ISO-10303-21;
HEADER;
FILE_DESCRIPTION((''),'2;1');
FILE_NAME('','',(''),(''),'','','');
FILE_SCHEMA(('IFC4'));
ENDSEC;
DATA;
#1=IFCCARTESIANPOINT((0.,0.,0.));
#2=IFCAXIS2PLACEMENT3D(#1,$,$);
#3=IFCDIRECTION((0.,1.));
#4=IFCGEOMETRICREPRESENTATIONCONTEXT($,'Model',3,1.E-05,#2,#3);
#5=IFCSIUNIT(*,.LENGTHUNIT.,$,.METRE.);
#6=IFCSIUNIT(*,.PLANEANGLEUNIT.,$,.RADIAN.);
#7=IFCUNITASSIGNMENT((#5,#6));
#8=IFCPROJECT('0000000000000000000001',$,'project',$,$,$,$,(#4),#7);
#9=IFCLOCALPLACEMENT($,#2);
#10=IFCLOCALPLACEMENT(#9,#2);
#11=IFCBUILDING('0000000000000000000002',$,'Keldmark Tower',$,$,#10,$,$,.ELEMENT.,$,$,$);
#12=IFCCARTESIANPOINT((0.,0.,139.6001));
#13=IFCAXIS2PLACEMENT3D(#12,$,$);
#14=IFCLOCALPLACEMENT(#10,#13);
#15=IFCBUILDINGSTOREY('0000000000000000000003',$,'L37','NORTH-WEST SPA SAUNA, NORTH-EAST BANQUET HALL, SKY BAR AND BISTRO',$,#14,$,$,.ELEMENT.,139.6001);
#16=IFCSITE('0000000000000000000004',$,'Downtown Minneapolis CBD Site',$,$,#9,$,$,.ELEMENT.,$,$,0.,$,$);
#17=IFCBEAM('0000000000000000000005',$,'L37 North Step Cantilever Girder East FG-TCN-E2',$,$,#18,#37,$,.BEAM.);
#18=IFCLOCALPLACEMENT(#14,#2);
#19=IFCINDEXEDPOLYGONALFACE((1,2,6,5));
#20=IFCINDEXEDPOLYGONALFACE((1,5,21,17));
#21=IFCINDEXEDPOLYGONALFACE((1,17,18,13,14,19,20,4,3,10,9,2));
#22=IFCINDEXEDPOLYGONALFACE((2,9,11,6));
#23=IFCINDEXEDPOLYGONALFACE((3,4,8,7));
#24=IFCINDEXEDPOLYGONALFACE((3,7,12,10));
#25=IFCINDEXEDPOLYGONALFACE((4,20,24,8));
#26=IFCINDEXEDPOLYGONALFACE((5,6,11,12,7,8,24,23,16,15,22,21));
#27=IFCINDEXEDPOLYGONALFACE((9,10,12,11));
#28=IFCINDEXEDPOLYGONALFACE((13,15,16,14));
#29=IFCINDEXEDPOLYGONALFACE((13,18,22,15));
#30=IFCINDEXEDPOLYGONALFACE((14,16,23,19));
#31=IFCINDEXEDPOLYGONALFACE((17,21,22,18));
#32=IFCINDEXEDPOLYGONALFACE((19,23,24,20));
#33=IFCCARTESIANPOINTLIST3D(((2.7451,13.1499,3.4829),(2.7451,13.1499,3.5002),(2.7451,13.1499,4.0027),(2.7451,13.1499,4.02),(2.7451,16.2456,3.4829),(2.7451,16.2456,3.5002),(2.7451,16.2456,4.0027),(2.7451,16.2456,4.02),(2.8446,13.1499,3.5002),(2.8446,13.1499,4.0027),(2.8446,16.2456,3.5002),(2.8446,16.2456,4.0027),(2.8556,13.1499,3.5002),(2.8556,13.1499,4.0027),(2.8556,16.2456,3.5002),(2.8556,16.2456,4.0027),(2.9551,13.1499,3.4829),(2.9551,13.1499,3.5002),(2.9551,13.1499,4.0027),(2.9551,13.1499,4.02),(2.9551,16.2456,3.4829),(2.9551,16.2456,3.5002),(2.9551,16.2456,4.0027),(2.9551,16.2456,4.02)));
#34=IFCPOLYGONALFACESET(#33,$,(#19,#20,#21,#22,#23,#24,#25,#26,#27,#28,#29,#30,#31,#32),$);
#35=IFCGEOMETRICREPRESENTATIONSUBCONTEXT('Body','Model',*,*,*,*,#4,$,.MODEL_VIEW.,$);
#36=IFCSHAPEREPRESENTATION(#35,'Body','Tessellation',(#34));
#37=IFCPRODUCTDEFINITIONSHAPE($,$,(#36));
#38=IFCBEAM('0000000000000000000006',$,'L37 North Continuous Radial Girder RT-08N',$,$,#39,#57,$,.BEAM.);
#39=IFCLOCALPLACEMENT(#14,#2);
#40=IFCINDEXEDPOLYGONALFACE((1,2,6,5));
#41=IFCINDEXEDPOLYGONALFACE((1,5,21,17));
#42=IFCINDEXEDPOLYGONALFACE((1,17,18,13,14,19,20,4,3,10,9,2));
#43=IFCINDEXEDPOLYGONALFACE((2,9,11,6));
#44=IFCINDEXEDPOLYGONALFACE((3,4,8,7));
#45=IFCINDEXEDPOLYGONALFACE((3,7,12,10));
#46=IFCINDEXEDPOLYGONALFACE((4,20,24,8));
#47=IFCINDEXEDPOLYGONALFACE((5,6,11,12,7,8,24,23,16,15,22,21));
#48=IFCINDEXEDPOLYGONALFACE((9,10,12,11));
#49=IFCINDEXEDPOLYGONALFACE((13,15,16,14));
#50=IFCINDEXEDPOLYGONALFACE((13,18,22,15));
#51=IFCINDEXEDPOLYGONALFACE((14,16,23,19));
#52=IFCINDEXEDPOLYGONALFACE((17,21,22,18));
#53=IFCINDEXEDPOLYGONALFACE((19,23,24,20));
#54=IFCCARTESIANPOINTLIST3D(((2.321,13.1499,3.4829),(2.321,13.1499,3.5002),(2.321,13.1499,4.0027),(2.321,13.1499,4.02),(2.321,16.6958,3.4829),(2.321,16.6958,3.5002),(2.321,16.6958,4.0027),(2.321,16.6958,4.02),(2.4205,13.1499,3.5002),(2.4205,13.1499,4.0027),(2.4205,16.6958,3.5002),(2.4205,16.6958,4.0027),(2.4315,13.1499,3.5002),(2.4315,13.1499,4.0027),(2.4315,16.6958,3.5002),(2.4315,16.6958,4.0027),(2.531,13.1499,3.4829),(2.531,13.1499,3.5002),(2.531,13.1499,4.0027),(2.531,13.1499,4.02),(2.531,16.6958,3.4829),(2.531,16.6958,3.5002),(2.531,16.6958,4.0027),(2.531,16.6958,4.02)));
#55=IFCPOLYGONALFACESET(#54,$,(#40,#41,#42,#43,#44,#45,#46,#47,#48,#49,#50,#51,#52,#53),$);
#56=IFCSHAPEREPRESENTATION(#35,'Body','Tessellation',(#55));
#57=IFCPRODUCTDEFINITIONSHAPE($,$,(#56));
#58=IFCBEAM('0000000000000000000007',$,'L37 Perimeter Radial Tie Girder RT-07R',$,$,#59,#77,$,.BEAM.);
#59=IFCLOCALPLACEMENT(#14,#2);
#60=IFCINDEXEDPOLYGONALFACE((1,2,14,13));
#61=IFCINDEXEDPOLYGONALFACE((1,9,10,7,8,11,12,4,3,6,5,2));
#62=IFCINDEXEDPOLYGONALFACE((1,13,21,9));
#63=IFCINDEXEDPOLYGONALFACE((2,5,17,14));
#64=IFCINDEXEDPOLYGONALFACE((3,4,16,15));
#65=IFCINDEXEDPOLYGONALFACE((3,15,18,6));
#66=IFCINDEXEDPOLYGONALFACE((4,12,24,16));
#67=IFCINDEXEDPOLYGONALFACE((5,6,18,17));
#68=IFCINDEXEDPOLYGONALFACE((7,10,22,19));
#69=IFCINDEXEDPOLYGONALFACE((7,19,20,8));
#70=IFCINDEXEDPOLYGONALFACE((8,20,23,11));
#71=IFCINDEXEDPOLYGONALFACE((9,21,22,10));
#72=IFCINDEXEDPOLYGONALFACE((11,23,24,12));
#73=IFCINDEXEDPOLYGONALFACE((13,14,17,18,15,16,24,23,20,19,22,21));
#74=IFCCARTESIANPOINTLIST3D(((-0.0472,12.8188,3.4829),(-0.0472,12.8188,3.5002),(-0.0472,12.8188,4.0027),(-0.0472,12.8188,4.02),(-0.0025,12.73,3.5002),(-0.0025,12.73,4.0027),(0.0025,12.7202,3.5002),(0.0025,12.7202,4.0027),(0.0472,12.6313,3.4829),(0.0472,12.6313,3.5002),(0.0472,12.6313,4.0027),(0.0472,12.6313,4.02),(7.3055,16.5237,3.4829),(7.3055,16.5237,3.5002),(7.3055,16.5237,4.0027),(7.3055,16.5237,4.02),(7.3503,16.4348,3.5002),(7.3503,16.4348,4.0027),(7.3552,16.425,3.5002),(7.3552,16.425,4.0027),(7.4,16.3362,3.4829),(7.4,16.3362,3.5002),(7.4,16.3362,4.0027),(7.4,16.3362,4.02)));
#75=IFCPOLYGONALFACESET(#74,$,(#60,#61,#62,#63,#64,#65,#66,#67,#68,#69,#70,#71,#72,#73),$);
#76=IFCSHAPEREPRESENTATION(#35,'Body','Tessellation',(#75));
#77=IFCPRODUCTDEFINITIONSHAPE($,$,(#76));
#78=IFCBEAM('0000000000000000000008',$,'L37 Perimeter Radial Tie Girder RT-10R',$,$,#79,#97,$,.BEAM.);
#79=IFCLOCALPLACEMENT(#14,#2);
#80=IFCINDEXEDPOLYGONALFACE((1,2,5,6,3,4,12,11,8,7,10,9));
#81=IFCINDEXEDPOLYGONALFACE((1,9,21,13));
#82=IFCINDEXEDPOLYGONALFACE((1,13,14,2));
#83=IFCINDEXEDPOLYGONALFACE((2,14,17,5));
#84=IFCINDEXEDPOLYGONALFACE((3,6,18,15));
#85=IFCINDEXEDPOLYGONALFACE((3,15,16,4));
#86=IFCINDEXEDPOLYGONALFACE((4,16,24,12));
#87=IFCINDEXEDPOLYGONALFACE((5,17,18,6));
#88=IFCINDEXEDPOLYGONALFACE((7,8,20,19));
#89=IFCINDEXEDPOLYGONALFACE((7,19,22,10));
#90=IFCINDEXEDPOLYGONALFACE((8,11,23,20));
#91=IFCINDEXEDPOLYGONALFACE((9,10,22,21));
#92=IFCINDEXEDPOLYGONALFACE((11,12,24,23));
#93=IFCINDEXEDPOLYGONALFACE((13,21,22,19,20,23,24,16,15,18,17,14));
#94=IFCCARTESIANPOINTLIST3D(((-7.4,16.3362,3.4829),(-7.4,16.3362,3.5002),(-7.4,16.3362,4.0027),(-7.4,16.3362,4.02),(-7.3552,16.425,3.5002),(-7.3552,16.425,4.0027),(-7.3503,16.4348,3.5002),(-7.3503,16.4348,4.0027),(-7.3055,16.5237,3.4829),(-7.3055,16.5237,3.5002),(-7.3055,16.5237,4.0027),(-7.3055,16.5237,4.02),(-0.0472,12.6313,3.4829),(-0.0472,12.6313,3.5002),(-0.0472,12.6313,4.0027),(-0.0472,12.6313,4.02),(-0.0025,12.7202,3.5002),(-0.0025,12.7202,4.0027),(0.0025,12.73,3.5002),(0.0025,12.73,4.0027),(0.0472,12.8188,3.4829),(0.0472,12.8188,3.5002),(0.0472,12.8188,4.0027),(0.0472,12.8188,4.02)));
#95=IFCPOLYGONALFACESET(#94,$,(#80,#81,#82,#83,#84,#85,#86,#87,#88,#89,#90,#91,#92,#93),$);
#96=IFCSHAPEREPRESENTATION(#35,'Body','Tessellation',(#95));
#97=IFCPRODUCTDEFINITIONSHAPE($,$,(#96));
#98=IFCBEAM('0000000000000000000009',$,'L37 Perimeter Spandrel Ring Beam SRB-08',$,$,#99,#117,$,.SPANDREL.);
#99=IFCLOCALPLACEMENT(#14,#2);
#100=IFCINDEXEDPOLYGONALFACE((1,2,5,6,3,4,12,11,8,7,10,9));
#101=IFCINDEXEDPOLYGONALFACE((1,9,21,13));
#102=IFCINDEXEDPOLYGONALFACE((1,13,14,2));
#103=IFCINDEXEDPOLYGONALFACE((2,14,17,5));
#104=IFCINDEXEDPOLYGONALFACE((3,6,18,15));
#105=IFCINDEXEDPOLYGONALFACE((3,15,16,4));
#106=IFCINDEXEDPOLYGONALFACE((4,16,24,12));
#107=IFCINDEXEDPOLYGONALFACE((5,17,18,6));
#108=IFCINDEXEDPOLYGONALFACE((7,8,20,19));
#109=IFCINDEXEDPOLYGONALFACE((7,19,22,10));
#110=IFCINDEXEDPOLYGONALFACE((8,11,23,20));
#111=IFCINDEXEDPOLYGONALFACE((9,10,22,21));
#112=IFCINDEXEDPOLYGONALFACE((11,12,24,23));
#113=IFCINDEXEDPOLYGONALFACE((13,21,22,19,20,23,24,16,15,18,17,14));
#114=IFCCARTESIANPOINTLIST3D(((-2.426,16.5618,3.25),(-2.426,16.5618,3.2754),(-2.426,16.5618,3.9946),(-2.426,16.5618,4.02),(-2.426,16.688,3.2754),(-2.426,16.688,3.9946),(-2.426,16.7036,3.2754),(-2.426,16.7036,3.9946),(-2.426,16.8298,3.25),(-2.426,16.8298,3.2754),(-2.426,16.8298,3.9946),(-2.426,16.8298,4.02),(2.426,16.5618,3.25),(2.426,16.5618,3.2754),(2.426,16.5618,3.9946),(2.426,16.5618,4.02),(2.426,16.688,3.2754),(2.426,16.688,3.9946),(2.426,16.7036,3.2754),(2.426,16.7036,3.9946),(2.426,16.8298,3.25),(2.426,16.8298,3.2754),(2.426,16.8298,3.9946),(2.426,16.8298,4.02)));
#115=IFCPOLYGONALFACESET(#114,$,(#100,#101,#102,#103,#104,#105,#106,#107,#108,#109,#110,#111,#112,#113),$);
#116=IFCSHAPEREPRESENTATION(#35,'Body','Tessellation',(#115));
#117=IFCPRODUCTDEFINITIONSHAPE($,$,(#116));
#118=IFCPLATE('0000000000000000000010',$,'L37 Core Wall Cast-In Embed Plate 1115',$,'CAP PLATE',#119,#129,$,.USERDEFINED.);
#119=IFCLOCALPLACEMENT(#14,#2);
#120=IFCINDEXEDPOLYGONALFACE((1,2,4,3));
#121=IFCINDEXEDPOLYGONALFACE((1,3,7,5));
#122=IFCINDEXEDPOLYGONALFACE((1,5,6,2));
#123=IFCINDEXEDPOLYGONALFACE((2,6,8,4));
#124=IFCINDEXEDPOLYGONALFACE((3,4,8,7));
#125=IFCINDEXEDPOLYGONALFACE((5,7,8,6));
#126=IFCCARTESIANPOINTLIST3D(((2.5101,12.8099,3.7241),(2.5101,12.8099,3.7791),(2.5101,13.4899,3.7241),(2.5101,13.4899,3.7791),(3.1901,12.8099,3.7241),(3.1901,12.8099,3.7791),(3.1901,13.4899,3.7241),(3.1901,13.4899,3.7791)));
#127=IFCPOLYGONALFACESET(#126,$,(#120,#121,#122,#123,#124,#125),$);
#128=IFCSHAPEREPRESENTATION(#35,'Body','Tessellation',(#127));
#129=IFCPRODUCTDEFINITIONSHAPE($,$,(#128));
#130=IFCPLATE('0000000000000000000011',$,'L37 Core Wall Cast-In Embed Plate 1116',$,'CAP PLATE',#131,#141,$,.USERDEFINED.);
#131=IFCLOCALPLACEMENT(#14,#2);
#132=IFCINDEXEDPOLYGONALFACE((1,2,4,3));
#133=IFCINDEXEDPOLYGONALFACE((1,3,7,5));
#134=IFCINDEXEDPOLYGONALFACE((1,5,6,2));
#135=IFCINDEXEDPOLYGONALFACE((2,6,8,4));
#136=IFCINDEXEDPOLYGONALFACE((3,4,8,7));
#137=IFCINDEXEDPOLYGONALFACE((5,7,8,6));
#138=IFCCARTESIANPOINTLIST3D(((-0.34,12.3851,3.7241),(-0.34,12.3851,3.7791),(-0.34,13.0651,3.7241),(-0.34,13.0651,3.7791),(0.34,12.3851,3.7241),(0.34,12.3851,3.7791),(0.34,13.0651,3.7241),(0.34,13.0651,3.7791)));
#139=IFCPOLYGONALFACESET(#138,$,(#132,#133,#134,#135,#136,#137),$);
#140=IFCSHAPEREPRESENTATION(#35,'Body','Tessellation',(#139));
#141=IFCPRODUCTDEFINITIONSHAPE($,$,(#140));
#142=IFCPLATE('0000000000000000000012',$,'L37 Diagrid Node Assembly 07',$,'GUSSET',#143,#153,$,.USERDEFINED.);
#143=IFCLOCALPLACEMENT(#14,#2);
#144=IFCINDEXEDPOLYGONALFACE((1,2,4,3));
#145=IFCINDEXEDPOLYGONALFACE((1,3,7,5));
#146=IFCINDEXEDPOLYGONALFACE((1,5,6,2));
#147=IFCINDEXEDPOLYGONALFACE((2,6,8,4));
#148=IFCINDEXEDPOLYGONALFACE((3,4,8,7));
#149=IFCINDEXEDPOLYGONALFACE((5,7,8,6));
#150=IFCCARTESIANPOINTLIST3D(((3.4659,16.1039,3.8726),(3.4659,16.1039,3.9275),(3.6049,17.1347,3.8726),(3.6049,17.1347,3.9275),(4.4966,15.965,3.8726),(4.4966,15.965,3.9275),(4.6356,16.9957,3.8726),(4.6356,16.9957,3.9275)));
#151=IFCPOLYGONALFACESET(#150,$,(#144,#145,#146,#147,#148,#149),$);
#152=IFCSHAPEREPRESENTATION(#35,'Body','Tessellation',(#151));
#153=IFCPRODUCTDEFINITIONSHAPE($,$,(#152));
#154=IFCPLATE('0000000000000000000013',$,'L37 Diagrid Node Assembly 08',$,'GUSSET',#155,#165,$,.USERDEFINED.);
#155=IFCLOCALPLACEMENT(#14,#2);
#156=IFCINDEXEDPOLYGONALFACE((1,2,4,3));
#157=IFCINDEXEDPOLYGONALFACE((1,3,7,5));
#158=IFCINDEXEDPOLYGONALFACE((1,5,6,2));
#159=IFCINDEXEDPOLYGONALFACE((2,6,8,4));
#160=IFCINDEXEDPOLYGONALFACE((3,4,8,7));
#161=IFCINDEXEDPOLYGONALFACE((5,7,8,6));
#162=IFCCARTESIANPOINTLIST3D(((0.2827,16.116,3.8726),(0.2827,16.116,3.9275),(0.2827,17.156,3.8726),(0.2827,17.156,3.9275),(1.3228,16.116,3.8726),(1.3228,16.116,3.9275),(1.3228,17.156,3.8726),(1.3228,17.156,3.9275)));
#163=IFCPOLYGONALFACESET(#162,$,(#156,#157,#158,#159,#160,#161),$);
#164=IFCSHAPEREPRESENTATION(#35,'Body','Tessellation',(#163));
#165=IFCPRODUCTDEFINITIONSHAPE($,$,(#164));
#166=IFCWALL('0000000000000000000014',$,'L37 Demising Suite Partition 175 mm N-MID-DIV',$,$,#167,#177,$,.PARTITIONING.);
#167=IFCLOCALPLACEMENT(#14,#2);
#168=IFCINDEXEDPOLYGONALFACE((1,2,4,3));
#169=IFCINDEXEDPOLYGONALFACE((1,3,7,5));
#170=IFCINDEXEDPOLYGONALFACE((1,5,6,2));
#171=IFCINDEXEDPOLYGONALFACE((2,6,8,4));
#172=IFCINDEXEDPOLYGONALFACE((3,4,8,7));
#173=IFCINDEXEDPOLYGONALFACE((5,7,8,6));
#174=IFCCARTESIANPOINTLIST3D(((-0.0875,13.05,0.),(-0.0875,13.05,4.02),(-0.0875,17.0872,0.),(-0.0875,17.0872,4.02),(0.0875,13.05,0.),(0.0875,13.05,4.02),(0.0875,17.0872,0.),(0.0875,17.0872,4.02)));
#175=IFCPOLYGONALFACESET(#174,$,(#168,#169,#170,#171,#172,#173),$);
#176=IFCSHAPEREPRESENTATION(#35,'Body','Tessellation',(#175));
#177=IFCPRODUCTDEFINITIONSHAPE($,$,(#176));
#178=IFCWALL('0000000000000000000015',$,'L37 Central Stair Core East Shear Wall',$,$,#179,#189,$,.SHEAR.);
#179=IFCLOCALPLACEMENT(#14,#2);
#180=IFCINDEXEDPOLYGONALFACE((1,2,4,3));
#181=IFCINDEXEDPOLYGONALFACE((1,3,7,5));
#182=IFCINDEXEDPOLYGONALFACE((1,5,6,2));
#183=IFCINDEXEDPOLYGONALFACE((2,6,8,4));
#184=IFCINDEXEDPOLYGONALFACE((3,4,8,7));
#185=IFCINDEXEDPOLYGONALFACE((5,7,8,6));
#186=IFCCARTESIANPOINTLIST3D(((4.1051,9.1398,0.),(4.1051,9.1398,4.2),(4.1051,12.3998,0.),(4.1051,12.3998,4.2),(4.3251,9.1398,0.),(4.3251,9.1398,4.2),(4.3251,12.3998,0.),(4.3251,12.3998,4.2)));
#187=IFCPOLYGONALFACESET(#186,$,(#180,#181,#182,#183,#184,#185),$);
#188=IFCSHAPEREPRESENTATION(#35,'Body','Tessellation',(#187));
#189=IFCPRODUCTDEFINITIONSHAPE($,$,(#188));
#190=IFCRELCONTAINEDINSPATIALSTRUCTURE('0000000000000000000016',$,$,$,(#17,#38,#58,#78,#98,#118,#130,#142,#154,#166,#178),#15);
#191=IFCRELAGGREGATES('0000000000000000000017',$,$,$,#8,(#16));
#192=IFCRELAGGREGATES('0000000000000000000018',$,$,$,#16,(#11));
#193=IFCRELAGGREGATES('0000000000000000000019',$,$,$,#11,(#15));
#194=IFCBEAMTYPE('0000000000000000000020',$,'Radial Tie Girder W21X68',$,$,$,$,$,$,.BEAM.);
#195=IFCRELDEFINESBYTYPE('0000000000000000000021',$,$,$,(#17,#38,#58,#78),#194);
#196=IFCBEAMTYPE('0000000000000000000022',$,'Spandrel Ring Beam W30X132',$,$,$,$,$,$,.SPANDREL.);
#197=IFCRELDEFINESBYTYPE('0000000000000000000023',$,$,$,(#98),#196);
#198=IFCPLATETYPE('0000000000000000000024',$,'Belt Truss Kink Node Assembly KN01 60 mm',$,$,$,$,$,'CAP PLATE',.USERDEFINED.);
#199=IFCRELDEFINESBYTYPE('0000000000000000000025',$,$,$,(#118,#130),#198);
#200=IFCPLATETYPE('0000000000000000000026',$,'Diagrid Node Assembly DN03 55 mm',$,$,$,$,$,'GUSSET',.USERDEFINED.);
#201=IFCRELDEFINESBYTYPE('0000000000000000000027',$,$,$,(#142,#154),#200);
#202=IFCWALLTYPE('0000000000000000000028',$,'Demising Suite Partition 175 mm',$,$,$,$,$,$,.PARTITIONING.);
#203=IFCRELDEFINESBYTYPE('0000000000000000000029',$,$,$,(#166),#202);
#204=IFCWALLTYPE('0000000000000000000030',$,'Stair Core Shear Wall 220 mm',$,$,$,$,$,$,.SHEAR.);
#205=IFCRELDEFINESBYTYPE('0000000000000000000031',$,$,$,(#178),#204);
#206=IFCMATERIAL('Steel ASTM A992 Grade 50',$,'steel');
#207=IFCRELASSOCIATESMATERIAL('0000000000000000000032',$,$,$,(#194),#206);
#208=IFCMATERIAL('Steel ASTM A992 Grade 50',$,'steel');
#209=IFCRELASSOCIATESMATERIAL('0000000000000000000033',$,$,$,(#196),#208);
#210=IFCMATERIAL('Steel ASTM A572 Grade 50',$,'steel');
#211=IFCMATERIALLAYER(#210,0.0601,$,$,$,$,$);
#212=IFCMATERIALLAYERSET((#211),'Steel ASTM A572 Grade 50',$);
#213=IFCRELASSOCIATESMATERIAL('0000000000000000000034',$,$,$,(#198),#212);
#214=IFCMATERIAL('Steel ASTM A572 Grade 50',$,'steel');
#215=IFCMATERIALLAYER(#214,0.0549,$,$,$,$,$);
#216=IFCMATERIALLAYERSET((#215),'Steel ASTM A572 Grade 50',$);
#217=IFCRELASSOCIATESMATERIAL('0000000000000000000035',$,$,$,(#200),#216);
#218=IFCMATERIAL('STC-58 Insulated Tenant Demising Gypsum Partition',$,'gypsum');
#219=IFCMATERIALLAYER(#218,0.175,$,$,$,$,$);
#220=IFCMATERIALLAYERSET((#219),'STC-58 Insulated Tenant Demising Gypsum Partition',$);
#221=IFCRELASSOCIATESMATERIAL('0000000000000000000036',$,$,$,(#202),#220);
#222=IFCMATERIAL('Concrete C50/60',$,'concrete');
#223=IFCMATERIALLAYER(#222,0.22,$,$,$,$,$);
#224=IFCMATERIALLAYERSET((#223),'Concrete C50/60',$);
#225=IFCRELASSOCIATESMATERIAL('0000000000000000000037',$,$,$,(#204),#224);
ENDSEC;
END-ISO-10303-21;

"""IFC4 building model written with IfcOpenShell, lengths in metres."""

from ifc_helpers import new_model, si_unit, direction, frame, frame_2d, origin, origin_2d, place, context, subcontext, project, spatial, rectangle, i_section, extrude, material, layer, layer_set, material_profile, profile_set, type_object, element, save


model = new_model("IFC4")

# Units and contexts
model_context = context("Model", 3, precision=1e-05, world=origin(), true_north=direction((0.0, 1.0)))
body_context = subcontext(model_context, "Body", "Model", "MODEL_VIEW")
ifc_project = project(units=[si_unit("LENGTHUNIT", "METRE"), si_unit("PLANEANGLEUNIT", "RADIAN")], contexts=[model_context])

# Site, building, storey
site_placement = place(None, origin())
site = spatial("IfcSite", under=ifc_project, at=site_placement, Name="Downtown Minneapolis CBD Site", CompositionType="ELEMENT", RefElevation=0.0)
building_placement = place(site_placement, origin())
building = spatial("IfcBuilding", under=site, at=building_placement, Name="Keldmark Tower", CompositionType="ELEMENT")
storey_placement = place(building_placement, frame((0.0, 0.0, 139.6001)))
storey = spatial("IfcBuildingStorey", under=building, at=storey_placement, Name="L37", Description="NORTH-WEST SPA SAUNA, NORTH-EAST BANQUET HALL, SKY BAR AND BISTRO", CompositionType="ELEMENT", Elevation=139.6001)

# Beams
ifc_material_1 = material(Name="Steel ASTM A992 Grade 50", Category="steel")
ifc_material_profile_1 = material_profile(ifc_material_1, i_section(OverallWidth=0.21, OverallDepth=0.5371, WebThickness=0.011, FlangeThickness=0.0173, at=origin_2d()), Name="W21X68")
ifc_profile_set_1 = profile_set([ifc_material_profile_1], Name="Steel ASTM A992 Grade 50")
beam_type_1 = type_object("IfcBeamType", Name="Radial Tie Girder W21X68", PredefinedType="BEAM", material=ifc_profile_set_1)
beam_1_placement = place(storey_placement, frame((2.8501, 13.1499, 3.7515), z_axis=(0.0, 1.0, 0.0), x_axis=(-1.0, 0.0, 0.0)))
element("IfcBeam", 1, at=beam_1_placement, inside=storey, type_object=beam_type_1, Name="L37 North Step Cantilever Girder East FG-TCN-E2", PredefinedType="BEAM", context=body_context, shape_type="SweptSolid", body=[
    extrude(i_section(OverallWidth=0.21, OverallDepth=0.5371, WebThickness=0.011, FlangeThickness=0.0173, at=origin_2d()), origin(), (0.0, 0.0, 1.0), 3.0957),
])
beam_2_placement = place(storey_placement, frame((2.426, 13.1499, 3.7515), z_axis=(0.0, 1.0, 0.0), x_axis=(-1.0, 0.0, 0.0)))
element("IfcBeam", 2, at=beam_2_placement, inside=storey, type_object=beam_type_1, Name="L37 North Continuous Radial Girder RT-08N", PredefinedType="BEAM", context=body_context, shape_type="SweptSolid", body=[
    extrude(i_section(OverallWidth=0.21, OverallDepth=0.5371, WebThickness=0.011, FlangeThickness=0.0173, at=origin_2d()), origin(), (0.0, 0.0, 1.0), 3.5459),
])
for number, where, z_axis, x_axis, name in (
    (3, (0.0, 12.7251, 3.7515), (0.893041, 0.449975, 0.0), (-0.449975, 0.893041, 0.0), "L37 Perimeter Radial Tie Girder RT-07R"),
    (4, (0.0, 12.7251, 3.7515), (-0.893041, 0.449975, 0.0), (-0.449975, -0.893041, 0.0), "L37 Perimeter Radial Tie Girder RT-10R"),
):
    element("IfcBeam", number, at=place(storey_placement, frame(where, z_axis=z_axis, x_axis=x_axis)), inside=storey, type_object=beam_type_1, Name=name, PredefinedType="BEAM", context=body_context, shape_type="SweptSolid", body=[
        extrude(i_section(OverallWidth=0.21, OverallDepth=0.5371, WebThickness=0.011, FlangeThickness=0.0173, at=origin_2d()), origin(), (0.0, 0.0, 1.0), 8.2334),
    ])
ifc_material_2 = material(Name="Steel ASTM A992 Grade 50", Category="steel")
ifc_material_profile_2 = material_profile(ifc_material_2, i_section(OverallWidth=0.2681, OverallDepth=0.77, WebThickness=0.0156, FlangeThickness=0.0254, at=origin_2d()), Name="W30X132")
ifc_profile_set_2 = profile_set([ifc_material_profile_2], Name="Steel ASTM A992 Grade 50")
beam_type_2 = type_object("IfcBeamType", Name="Spandrel Ring Beam W30X132", PredefinedType="SPANDREL", material=ifc_profile_set_2)
beam_3_placement = place(storey_placement, frame((2.426, 16.6958, 3.635), z_axis=(-1.0, 0.0, 0.0), x_axis=(0.0, -1.0, 0.0)))
element("IfcBeam", 5, at=beam_3_placement, inside=storey, type_object=beam_type_2, Name="L37 Perimeter Spandrel Ring Beam SRB-08", PredefinedType="SPANDREL", context=body_context, shape_type="SweptSolid", body=[
    extrude(i_section(OverallWidth=0.2681, OverallDepth=0.77, WebThickness=0.0156, FlangeThickness=0.0254, at=origin_2d()), origin(), (0.0, 0.0, 1.0), 4.8521),
])

# Plates
ifc_material_3 = material(Name="Steel ASTM A572 Grade 50", Category="steel")
ifc_layer_1 = layer(ifc_material_3, 0.0601)
ifc_layer_set_1 = layer_set([ifc_layer_1], Name="Steel ASTM A572 Grade 50")
plate_type_1 = type_object("IfcPlateType", Name="Belt Truss Kink Node Assembly KN01 60 mm", ElementType="CAP PLATE", PredefinedType="USERDEFINED", material=ifc_layer_set_1)
for number, where, z_axis, x_axis, name in (
    (6, (2.8501, 13.1499, 3.7241), (0.0, 0.0, 1.0), (1.0, 0.0, 0.0), "L37 Core Wall Cast-In Embed Plate 1115"),
    (7, (0.0, 12.7251, 3.7241), (0.0, 0.0, 1.0), (1.0, 0.0, 0.0), "L37 Core Wall Cast-In Embed Plate 1116"),
):
    element("IfcPlate", number, at=place(storey_placement, frame(where, z_axis=z_axis, x_axis=x_axis)), inside=storey, type_object=plate_type_1, Name=name, ObjectType="CAP PLATE", PredefinedType="USERDEFINED", context=body_context, shape_type="SweptSolid", body=[
        extrude(rectangle(XDim=0.6799, YDim=0.6799, at=origin_2d()), origin(), (0.0, 0.0, 1.0), 0.0549),
    ])
ifc_material_4 = material(Name="Steel ASTM A572 Grade 50", Category="steel")
ifc_layer_2 = layer(ifc_material_4, 0.0549)
ifc_layer_set_2 = layer_set([ifc_layer_2], Name="Steel ASTM A572 Grade 50")
plate_type_2 = type_object("IfcPlateType", Name="Diagrid Node Assembly DN03 55 mm", ElementType="GUSSET", PredefinedType="USERDEFINED", material=ifc_layer_set_2)
for number, where, z_axis, x_axis, name in (
    (8, (4.0508, 16.5498, 3.8726), (0.0, 0.0, 1.0), (-0.99103, 0.13364, 0.0), "L37 Diagrid Node Assembly 07"),
    (9, (0.8027, 16.636, 3.8726), (0.0, 0.0, 1.0), (-1.0, 0.0, 0.0), "L37 Diagrid Node Assembly 08"),
):
    element("IfcPlate", number, at=place(storey_placement, frame(where, z_axis=z_axis, x_axis=x_axis)), inside=storey, type_object=plate_type_2, Name=name, ObjectType="GUSSET", PredefinedType="USERDEFINED", context=body_context, shape_type="SweptSolid", body=[
        extrude(rectangle(XDim=1.04, YDim=1.04, at=origin_2d()), origin(), (0.0, 0.0, 1.0), 0.0549),
    ])

# Walls
ifc_material_5 = material(Name="STC-58 Insulated Tenant Demising Gypsum Partition", Category="gypsum")
ifc_layer_3 = layer(ifc_material_5, 0.175)
ifc_layer_set_3 = layer_set([ifc_layer_3], Name="STC-58 Insulated Tenant Demising Gypsum Partition")
wall_type_1 = type_object("IfcWallType", Name="Demising Suite Partition 175 mm", PredefinedType="PARTITIONING", material=ifc_layer_set_3)
wall_1_placement = place(storey_placement, frame((0.0, 13.05, 0.0), z_axis=(0.0, 0.0, 1.0), x_axis=(0.0, 1.0, 0.0)))
element("IfcWall", 10, at=wall_1_placement, inside=storey, type_object=wall_type_1, Name="L37 Demising Suite Partition 175 mm N-MID-DIV", PredefinedType="PARTITIONING", context=body_context, shape_type="SweptSolid", body=[
    extrude(rectangle(XDim=4.0371, YDim=0.175, at=frame_2d((2.0186, 0.0))), origin(), (0.0, 0.0, 1.0), 4.02),
])
ifc_material_6 = material(Name="Concrete C50/60", Category="concrete")
ifc_layer_4 = layer(ifc_material_6, 0.22)
ifc_layer_set_4 = layer_set([ifc_layer_4], Name="Concrete C50/60")
wall_type_2 = type_object("IfcWallType", Name="Stair Core Shear Wall 220 mm", PredefinedType="SHEAR", material=ifc_layer_set_4)
wall_2_placement = place(storey_placement, frame((4.2151, 9.1399, 0.0), z_axis=(0.0, 0.0, 1.0), x_axis=(0.0, 1.0, 0.0)))
element("IfcWall", 11, at=wall_2_placement, inside=storey, type_object=wall_type_2, Name="L37 Central Stair Core East Shear Wall", PredefinedType="SHEAR", context=body_context, shape_type="SweptSolid", body=[
    extrude(rectangle(XDim=3.26, YDim=0.22, at=frame_2d((1.6299, 0.0))), origin(), (0.0, 0.0, 1.0), 4.2),
])

save(model, "model.ifc")
